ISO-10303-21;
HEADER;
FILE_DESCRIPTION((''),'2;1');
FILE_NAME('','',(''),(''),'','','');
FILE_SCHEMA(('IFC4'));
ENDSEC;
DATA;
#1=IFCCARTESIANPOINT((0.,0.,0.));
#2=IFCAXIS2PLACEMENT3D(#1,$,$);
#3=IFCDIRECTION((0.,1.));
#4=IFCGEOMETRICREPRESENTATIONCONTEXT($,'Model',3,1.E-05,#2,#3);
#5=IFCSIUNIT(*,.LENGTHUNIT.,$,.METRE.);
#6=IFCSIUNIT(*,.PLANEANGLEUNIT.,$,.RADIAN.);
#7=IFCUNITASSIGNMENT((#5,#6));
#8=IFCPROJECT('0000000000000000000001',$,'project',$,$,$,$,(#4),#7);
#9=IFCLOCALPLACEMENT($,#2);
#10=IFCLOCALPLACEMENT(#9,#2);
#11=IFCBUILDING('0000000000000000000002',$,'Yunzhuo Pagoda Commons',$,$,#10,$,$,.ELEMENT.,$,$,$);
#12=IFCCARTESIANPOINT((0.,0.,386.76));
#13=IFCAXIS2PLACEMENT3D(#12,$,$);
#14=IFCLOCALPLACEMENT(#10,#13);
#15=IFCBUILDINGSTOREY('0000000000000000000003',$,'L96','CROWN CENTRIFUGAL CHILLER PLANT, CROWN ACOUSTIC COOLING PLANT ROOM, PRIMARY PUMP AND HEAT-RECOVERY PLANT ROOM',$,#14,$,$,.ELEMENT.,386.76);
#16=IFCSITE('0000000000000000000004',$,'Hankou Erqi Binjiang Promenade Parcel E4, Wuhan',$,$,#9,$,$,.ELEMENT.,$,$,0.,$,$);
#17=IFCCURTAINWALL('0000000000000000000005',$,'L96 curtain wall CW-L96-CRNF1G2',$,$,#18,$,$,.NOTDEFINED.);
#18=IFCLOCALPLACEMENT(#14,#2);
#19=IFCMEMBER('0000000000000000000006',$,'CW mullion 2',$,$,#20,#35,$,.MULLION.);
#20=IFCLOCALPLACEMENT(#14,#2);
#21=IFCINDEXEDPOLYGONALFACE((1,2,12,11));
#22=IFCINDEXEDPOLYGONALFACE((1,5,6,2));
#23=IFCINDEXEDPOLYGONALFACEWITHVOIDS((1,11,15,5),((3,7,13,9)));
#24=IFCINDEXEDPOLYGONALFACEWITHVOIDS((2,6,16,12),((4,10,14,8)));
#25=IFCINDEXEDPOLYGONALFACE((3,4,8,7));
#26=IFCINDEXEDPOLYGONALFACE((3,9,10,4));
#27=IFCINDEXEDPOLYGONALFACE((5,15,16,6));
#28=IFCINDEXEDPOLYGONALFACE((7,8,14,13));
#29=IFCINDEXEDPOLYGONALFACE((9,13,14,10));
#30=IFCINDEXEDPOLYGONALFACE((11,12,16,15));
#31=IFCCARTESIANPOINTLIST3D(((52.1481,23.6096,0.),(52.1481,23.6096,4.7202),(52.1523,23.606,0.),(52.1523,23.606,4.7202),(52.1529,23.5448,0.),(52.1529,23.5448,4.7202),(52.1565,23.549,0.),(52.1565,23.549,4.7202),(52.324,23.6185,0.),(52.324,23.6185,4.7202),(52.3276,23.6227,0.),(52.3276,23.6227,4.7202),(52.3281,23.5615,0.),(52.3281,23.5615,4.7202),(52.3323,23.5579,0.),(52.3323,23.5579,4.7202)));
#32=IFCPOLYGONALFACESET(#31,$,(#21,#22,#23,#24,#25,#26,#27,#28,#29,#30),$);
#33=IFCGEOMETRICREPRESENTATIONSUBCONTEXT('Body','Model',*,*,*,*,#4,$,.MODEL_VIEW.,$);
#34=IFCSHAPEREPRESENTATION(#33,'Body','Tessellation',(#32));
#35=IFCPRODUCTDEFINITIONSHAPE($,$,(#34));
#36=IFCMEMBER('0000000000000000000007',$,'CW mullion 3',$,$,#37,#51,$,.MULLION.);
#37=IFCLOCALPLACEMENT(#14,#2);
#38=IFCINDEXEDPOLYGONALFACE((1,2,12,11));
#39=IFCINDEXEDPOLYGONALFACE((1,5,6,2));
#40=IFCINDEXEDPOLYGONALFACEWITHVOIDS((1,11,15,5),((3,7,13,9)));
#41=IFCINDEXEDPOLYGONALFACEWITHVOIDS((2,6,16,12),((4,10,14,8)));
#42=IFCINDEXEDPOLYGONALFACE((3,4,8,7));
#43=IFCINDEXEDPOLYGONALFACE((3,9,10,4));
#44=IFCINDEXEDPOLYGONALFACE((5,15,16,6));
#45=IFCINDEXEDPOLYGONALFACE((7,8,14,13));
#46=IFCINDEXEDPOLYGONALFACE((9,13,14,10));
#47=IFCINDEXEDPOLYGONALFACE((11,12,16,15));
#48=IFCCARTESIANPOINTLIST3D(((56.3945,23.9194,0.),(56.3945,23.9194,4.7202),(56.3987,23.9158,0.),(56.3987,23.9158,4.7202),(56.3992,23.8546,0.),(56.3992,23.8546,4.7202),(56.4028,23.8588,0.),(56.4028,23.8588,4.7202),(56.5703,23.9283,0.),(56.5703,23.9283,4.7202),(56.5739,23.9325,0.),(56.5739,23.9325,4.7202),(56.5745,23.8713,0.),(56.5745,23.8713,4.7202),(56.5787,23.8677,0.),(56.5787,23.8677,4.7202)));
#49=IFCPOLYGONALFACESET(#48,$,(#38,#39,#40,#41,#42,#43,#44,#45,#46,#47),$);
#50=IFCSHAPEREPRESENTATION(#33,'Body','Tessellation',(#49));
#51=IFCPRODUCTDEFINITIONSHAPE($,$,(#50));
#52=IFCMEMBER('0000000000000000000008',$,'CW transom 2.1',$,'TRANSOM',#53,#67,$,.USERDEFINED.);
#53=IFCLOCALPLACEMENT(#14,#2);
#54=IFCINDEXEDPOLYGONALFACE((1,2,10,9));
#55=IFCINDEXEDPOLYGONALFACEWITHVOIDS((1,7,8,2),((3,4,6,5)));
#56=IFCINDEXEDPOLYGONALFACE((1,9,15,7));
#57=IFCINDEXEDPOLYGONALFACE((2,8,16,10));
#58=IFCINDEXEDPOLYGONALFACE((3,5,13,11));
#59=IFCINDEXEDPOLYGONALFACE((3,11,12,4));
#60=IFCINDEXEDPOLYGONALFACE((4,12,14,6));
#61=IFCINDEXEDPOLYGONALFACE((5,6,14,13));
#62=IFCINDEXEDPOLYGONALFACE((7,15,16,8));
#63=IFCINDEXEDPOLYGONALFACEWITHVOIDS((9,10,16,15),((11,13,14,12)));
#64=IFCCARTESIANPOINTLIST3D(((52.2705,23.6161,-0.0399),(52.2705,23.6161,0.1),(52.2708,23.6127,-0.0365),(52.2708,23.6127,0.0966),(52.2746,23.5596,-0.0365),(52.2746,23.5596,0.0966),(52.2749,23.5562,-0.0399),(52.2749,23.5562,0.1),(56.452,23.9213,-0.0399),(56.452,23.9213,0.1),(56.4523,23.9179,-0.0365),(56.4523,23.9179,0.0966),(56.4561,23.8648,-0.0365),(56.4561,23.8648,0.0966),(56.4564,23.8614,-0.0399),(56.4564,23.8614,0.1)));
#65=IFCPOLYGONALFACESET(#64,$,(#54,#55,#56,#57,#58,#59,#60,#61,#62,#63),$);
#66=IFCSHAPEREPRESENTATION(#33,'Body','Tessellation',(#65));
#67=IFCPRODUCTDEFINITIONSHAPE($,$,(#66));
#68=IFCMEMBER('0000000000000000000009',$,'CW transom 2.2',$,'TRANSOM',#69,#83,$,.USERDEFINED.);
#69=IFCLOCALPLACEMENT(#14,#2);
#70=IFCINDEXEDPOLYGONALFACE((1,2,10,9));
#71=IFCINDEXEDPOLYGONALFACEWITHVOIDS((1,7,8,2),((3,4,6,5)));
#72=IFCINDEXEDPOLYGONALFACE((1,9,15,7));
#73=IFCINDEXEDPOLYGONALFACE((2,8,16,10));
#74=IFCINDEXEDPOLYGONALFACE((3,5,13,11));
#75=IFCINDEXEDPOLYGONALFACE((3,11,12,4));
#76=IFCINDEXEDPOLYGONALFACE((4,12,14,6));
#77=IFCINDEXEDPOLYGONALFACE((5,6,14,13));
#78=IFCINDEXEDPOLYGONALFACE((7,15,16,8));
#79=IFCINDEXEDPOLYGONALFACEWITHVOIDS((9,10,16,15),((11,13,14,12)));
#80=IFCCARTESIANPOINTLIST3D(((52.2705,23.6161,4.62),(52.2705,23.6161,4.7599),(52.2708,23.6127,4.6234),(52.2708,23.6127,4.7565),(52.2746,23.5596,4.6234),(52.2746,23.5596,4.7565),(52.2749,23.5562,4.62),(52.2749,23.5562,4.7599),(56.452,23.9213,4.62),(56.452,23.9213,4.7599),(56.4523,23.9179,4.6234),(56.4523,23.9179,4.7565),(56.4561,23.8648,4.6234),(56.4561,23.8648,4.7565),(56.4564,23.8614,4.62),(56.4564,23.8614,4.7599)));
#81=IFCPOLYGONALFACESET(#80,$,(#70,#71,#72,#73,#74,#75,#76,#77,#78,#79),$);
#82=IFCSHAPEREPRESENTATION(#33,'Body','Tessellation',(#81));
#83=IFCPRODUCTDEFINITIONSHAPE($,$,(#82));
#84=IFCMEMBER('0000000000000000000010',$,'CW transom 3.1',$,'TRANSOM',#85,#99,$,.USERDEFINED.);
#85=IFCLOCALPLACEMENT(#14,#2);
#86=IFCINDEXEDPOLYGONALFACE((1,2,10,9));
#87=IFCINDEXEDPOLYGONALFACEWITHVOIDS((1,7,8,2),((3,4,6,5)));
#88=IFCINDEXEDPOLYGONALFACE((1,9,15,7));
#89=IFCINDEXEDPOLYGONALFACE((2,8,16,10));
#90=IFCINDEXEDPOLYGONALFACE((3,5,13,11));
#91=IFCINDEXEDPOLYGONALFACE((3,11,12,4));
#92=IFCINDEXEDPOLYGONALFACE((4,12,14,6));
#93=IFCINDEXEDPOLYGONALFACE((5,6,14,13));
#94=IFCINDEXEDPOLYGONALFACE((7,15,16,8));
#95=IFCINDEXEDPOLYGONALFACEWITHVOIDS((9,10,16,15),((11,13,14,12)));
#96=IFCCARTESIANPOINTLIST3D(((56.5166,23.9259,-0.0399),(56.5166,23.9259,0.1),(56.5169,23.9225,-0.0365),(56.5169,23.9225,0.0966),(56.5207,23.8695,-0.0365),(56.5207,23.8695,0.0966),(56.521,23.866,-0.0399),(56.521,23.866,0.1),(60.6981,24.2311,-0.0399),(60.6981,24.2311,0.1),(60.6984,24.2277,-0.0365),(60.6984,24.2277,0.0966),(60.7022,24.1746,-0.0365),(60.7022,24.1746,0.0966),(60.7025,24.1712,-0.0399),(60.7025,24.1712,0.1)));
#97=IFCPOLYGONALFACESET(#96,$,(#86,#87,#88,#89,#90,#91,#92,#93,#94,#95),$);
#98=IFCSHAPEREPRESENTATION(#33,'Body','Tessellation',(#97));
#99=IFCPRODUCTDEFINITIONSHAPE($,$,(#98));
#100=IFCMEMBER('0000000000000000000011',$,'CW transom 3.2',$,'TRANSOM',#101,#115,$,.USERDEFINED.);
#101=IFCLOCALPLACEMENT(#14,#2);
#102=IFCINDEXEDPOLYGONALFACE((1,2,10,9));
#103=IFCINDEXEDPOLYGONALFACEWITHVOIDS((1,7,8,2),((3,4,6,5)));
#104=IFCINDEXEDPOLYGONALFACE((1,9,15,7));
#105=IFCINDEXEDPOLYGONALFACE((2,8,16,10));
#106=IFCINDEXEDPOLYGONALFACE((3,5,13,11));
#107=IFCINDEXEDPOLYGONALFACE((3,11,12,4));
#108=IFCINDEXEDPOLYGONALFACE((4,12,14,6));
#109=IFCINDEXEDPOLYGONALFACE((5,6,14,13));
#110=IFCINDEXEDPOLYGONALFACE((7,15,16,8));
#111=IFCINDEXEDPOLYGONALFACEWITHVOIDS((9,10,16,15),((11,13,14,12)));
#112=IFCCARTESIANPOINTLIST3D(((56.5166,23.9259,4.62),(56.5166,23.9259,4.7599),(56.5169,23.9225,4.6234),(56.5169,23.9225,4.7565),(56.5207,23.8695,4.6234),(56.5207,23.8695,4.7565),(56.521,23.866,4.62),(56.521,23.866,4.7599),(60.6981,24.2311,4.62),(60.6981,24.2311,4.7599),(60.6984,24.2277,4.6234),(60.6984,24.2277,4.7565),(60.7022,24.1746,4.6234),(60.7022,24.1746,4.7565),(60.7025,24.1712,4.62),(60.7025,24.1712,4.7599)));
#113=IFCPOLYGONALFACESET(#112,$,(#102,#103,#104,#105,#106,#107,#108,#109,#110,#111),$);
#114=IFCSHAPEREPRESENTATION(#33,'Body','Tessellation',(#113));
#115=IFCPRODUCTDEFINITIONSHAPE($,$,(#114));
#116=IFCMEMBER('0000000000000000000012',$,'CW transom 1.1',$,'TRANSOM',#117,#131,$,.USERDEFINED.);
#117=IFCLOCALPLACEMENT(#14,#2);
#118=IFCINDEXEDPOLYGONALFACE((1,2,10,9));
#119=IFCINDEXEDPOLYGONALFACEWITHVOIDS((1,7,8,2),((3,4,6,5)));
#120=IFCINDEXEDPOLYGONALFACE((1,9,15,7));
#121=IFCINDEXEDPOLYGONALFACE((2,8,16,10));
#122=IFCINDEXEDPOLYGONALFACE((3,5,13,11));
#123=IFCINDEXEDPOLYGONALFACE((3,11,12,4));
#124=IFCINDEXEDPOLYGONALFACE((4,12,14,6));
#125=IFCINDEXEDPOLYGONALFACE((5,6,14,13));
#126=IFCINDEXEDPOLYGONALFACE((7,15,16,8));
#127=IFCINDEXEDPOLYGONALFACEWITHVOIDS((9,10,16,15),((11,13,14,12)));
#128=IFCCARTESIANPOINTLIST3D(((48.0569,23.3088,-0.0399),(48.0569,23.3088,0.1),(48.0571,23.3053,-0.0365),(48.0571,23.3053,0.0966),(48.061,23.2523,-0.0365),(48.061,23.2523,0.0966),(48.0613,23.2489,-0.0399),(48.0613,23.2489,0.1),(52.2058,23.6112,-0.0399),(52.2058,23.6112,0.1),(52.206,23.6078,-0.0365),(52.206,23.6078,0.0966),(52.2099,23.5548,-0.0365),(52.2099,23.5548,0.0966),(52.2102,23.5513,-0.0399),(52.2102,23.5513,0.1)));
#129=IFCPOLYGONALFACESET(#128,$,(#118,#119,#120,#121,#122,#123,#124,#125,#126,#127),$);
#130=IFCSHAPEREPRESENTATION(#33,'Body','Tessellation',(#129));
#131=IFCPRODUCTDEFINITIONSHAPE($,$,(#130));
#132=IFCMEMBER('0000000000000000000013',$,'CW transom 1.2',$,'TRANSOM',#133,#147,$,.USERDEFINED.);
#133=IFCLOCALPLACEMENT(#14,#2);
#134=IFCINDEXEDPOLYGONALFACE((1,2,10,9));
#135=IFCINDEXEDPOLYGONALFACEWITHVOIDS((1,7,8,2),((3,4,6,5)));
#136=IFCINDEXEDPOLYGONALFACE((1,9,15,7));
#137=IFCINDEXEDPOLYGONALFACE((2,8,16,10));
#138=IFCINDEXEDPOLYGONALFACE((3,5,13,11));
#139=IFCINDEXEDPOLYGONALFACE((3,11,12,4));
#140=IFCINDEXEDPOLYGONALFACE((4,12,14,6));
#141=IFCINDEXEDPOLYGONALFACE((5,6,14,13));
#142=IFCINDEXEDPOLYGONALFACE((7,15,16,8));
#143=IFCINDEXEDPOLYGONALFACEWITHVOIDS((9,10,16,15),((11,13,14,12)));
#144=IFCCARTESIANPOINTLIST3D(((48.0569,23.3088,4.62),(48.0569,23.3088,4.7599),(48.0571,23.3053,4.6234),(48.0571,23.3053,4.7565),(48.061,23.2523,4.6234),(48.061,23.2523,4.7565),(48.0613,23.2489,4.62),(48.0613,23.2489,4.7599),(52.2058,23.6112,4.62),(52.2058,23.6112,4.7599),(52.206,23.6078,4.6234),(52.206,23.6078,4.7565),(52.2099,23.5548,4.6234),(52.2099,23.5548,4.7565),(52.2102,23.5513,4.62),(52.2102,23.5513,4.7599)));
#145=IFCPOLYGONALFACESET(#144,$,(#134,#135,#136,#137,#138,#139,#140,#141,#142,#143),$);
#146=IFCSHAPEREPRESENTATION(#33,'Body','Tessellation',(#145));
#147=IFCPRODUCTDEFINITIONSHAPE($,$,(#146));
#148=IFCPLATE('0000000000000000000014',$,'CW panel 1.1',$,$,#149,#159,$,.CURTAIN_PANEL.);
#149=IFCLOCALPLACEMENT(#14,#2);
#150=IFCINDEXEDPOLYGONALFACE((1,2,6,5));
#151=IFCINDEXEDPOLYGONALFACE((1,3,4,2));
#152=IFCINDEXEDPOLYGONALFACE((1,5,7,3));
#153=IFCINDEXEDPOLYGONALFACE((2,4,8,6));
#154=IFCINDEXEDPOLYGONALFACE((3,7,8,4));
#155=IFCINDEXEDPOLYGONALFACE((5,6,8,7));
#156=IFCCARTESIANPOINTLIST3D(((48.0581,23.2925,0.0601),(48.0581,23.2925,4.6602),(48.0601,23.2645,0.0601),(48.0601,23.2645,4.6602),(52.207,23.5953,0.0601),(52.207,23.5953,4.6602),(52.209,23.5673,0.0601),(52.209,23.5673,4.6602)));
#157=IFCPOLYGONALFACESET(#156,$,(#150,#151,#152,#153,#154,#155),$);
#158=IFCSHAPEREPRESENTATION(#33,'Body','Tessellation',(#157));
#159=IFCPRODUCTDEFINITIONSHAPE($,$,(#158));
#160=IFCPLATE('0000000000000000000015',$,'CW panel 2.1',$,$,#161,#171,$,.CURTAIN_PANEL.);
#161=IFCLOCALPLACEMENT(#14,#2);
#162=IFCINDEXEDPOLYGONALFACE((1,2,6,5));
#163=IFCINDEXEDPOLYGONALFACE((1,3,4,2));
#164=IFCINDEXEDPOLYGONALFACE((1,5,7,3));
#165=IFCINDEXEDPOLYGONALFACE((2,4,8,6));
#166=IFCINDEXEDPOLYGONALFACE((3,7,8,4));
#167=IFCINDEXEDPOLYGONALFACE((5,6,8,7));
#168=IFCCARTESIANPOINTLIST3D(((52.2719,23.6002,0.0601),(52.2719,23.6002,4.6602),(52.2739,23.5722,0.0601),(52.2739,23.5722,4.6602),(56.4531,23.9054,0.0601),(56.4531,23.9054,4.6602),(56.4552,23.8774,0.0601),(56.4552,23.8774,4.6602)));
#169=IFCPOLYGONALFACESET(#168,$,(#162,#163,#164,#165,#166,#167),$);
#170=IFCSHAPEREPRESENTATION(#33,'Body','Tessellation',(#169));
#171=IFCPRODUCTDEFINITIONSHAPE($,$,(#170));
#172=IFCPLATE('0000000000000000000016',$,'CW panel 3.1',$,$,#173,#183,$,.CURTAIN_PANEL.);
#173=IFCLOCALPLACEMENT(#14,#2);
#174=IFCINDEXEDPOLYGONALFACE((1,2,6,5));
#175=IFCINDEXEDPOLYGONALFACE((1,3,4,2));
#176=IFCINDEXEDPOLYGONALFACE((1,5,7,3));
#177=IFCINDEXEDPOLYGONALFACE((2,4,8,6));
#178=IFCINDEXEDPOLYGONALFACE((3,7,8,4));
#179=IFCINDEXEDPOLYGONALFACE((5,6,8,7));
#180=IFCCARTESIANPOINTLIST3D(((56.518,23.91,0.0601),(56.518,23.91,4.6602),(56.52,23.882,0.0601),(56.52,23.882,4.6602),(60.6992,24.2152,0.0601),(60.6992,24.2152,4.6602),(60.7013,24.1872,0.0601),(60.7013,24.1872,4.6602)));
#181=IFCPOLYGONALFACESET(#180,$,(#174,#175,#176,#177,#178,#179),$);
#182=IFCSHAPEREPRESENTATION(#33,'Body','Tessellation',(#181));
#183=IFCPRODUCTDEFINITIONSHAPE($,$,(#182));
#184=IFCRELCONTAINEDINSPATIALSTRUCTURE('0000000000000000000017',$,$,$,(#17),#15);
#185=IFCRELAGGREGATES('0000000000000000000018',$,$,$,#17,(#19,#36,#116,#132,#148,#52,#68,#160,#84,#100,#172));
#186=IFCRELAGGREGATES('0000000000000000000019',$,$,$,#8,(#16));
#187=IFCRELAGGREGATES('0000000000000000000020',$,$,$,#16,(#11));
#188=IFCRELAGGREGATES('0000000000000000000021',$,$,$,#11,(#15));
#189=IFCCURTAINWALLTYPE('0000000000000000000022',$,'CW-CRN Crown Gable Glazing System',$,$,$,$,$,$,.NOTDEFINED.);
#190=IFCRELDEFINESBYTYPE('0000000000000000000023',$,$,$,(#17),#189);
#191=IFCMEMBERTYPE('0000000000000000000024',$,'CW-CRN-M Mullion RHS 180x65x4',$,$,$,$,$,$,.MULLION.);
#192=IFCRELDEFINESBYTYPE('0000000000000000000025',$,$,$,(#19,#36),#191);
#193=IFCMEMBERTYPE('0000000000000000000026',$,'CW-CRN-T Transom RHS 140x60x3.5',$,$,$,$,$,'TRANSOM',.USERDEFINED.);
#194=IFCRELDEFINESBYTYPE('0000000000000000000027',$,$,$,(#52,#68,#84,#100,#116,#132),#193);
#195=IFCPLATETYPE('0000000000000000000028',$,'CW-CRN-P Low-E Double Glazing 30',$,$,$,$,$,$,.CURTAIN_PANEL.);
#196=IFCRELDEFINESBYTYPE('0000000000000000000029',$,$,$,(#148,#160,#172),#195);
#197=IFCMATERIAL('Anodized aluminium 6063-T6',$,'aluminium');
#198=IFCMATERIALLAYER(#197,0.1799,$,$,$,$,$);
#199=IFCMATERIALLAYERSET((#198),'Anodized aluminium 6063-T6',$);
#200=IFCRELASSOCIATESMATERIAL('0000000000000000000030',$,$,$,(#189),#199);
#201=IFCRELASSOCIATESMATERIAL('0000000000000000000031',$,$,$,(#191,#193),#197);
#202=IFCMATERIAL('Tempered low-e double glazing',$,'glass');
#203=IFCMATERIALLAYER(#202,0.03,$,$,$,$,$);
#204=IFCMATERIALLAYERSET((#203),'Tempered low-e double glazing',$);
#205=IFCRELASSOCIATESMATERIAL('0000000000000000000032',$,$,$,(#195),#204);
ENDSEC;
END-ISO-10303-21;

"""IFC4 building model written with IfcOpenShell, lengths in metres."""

from ifc_helpers import new_model, si_unit, direction, frame, origin, origin_2d, place, context, subcontext, project, spatial, rectangle, hollow_rectangle, extrude, source, transform, mapped, material, layer, layer_set, material_profile, profile_set, type_object, element, aggregate, save


model = new_model("IFC4")

# Units and contexts
model_context = context("Model", 3, precision=1e-05, world=origin(), true_north=direction((0.0, 1.0)))
body_context = subcontext(model_context, "Body", "Model", "MODEL_VIEW")
ifc_project = project(units=[si_unit("LENGTHUNIT", "METRE"), si_unit("PLANEANGLEUNIT", "RADIAN")], contexts=[model_context])

# Site, building, storey
site_placement = place(None, origin())
site = spatial("IfcSite", under=ifc_project, at=site_placement, Name="Hankou Erqi Binjiang Promenade Parcel E4, Wuhan", CompositionType="ELEMENT", RefElevation=0.0)
building_placement = place(site_placement, origin())
building = spatial("IfcBuilding", under=site, at=building_placement, Name="Yunzhuo Pagoda Commons", CompositionType="ELEMENT")
storey_placement = place(building_placement, frame((0.0, 0.0, 386.76)))
storey = spatial("IfcBuildingStorey", under=building, at=storey_placement, Name="L96", Description="CROWN CENTRIFUGAL CHILLER PLANT, CROWN ACOUSTIC COOLING PLANT ROOM, PRIMARY PUMP AND HEAT-RECOVERY PLANT ROOM", CompositionType="ELEMENT", Elevation=386.76)

# Shared definitions
ifc_material_1 = material(Name="Anodized aluminium 6063-T6", Category="aluminium")
ifc_layer_1 = layer(ifc_material_1, 0.1799)
ifc_layer_set_1 = layer_set([ifc_layer_1], Name="Anodized aluminium 6063-T6")
curtain_wall_type = type_object("IfcCurtainWallType", Name="CW-CRN Crown Gable Glazing System", PredefinedType="NOTDEFINED", material=ifc_layer_set_1)
ifc_material_profile_1 = material_profile(ifc_material_1, hollow_rectangle(XDim=0.0649, YDim=0.1799, WallThickness=0.0039, at=origin_2d()), Name="Anodized aluminium 6063-T6")
ifc_profile_set_1 = profile_set([ifc_material_profile_1], Name="Anodized aluminium 6063-T6")
member_type_1 = type_object("IfcMemberType", Name="CW-CRN-M Mullion RHS 180x65x4", PredefinedType="MULLION", material=ifc_profile_set_1)
shared_shape_1 = source(origin(), body_context, "Body", "SweptSolid", [
    extrude(hollow_rectangle(XDim=0.0649, YDim=0.1799, WallThickness=0.0039, at=origin_2d()), origin(), (0.0, 0.0, 1.0), 4.7202),
])

# Curtain wall, members, plates
curtain_wall_1_placement = place(storey_placement, origin())
curtain_wall_1 = element("IfcCurtainWall", 1, at=curtain_wall_1_placement, inside=storey, type_object=curtain_wall_type, Name="L96 curtain wall CW-L96-CRNF1G2", PredefinedType="NOTDEFINED")
member_1_placement = place(storey_placement, frame((52.2402, 23.5837, 0.0), z_axis=(0.0, 0.0, 1.0), x_axis=(-0.072796, 0.997347, 0.0)))
member_1 = element("IfcMember", 2, at=member_1_placement, type_object=member_type_1, Name="CW mullion 2", PredefinedType="MULLION", context=body_context, shape_type="MappedRepresentation", body=[
    mapped(shared_shape_1, transform((0.0, 0.0, 0.0), scale=1.0)),
])
member_2_placement = place(storey_placement, frame((56.4866, 23.8936, 0.0), z_axis=(0.0, 0.0, 1.0), x_axis=(-0.072796, 0.997347, 0.0)))
member_2 = element("IfcMember", 3, at=member_2_placement, type_object=member_type_1, Name="CW mullion 3", PredefinedType="MULLION", context=body_context, shape_type="MappedRepresentation", body=[
    mapped(shared_shape_1, transform((0.0, 0.0, 0.0), scale=1.0)),
])
ifc_material_profile_2 = material_profile(ifc_material_1, hollow_rectangle(XDim=0.0601, YDim=0.1399, WallThickness=0.0034, at=origin_2d()), Name="Anodized aluminium 6063-T6")
ifc_profile_set_2 = profile_set([ifc_material_profile_2], Name="Anodized aluminium 6063-T6")
member_type_2 = type_object("IfcMemberType", Name="CW-CRN-T Transom RHS 140x60x3.5", ElementType="TRANSOM", PredefinedType="USERDEFINED", material=ifc_profile_set_2)
shared_shape_2 = source(origin(), body_context, "Body", "SweptSolid", [
    extrude(hollow_rectangle(XDim=0.0601, YDim=0.1399, WallThickness=0.0034, at=origin_2d()), origin(), (0.0, 0.0, 1.0), 4.1926),
])
member_3_placement = place(storey_placement, frame((52.2727, 23.5862, 0.03), z_axis=(0.997347, 0.072791, 0.0), x_axis=(-0.072791, 0.997347, 0.0)))
member_3 = element("IfcMember", 4, at=member_3_placement, type_object=member_type_2, Name="CW transom 2.1", ObjectType="TRANSOM", PredefinedType="USERDEFINED", context=body_context, shape_type="MappedRepresentation", body=[
    mapped(shared_shape_2, transform((0.0, 0.0, 0.0), scale=1.0)),
])
member_4_placement = place(storey_placement, frame((52.2727, 23.5862, 4.6899), z_axis=(0.997347, 0.072791, 0.0), x_axis=(-0.072791, 0.997347, 0.0)))
member_4 = element("IfcMember", 5, at=member_4_placement, type_object=member_type_2, Name="CW transom 2.2", ObjectType="TRANSOM", PredefinedType="USERDEFINED", context=body_context, shape_type="MappedRepresentation", body=[
    mapped(shared_shape_2, transform((0.0, 0.0, 0.0), scale=1.0)),
])
member_5_placement = place(storey_placement, frame((56.5188, 23.896, 0.03), z_axis=(0.997347, 0.072791, 0.0), x_axis=(-0.072791, 0.997347, 0.0)))
member_5 = element("IfcMember", 6, at=member_5_placement, type_object=member_type_2, Name="CW transom 3.1", ObjectType="TRANSOM", PredefinedType="USERDEFINED", context=body_context, shape_type="MappedRepresentation", body=[
    mapped(shared_shape_2, transform((0.0, 0.0, 0.0), scale=1.0)),
])
member_6_placement = place(storey_placement, frame((56.5188, 23.896, 4.6899), z_axis=(0.997347, 0.072791, 0.0), x_axis=(-0.072791, 0.997347, 0.0)))
member_6 = element("IfcMember", 7, at=member_6_placement, type_object=member_type_2, Name="CW transom 3.2", ObjectType="TRANSOM", PredefinedType="USERDEFINED", context=body_context, shape_type="MappedRepresentation", body=[
    mapped(shared_shape_2, transform((0.0, 0.0, 0.0), scale=1.0)),
])
shared_shape_3 = source(origin(), body_context, "Body", "SweptSolid", [
    extrude(hollow_rectangle(XDim=0.0601, YDim=0.1399, WallThickness=0.0034, at=origin_2d()), origin(), (0.0, 0.0, 1.0), 4.1599),
])
member_7_placement = place(storey_placement, frame((48.0591, 23.2788, 0.03), z_axis=(0.997353, 0.072715, 0.0), x_axis=(-0.072715, 0.997353, 0.0)))
member_7 = element("IfcMember", 8, at=member_7_placement, type_object=member_type_2, Name="CW transom 1.1", ObjectType="TRANSOM", PredefinedType="USERDEFINED", context=body_context, shape_type="MappedRepresentation", body=[
    mapped(shared_shape_3, transform((0.0, 0.0, 0.0), scale=1.0)),
])
member_8_placement = place(storey_placement, frame((48.0591, 23.2788, 4.6899), z_axis=(0.997353, 0.072715, 0.0), x_axis=(-0.072715, 0.997353, 0.0)))
member_8 = element("IfcMember", 9, at=member_8_placement, type_object=member_type_2, Name="CW transom 1.2", ObjectType="TRANSOM", PredefinedType="USERDEFINED", context=body_context, shape_type="MappedRepresentation", body=[
    mapped(shared_shape_3, transform((0.0, 0.0, 0.0), scale=1.0)),
])
ifc_material_2 = material(Name="Tempered low-e double glazing", Category="glass")
ifc_layer_2 = layer(ifc_material_2, 0.03)
ifc_layer_set_2 = layer_set([ifc_layer_2], Name="Tempered low-e double glazing")
plate_type = type_object("IfcPlateType", Name="CW-CRN-P Low-E Double Glazing 30", PredefinedType="CURTAIN_PANEL", material=ifc_layer_set_2)
shared_shape_4 = source(origin(), body_context, "Body", "SweptSolid", [
    extrude(rectangle(XDim=4.1599, YDim=0.0281, at=origin_2d()), origin(), (0.0, 0.0, 1.0), 4.6001),
])
plate_1_placement = place(storey_placement, frame((50.1335, 23.4299, 0.0601), z_axis=(0.0, 0.0, 1.0), x_axis=(0.997347, 0.072796, 0.0)))
plate_1 = element("IfcPlate", 10, at=plate_1_placement, type_object=plate_type, Name="CW panel 1.1", PredefinedType="CURTAIN_PANEL", context=body_context, shape_type="MappedRepresentation", body=[
    mapped(shared_shape_4, transform((0.0, 0.0, 0.0), scale=1.0)),
])
shared_shape_5 = source(origin(), body_context, "Body", "SweptSolid", [
    extrude(rectangle(XDim=4.1924, YDim=0.0281, at=origin_2d()), origin(), (0.0, 0.0, 1.0), 4.6001),
])
plate_2_placement = place(storey_placement, frame((54.3635, 23.7388, 0.0601), z_axis=(0.0, 0.0, 1.0), x_axis=(0.997347, 0.072796, 0.0)))
plate_2 = element("IfcPlate", 11, at=plate_2_placement, type_object=plate_type, Name="CW panel 2.1", PredefinedType="CURTAIN_PANEL", context=body_context, shape_type="MappedRepresentation", body=[
    mapped(shared_shape_5, transform((0.0, 0.0, 0.0), scale=1.0)),
])
plate_3_placement = place(storey_placement, frame((58.6096, 24.0486, 0.0601), z_axis=(0.0, 0.0, 1.0), x_axis=(0.997347, 0.072796, 0.0)))
plate_3 = element("IfcPlate", 12, at=plate_3_placement, type_object=plate_type, Name="CW panel 3.1", PredefinedType="CURTAIN_PANEL", context=body_context, shape_type="MappedRepresentation", body=[
    mapped(shared_shape_5, transform((0.0, 0.0, 0.0), scale=1.0)),
])
aggregate(curtain_wall_1, [member_1, member_2, member_7, member_8, plate_1, member_3, member_4, plate_2, member_5, member_6, plate_3])

save(model, "model.ifc")
